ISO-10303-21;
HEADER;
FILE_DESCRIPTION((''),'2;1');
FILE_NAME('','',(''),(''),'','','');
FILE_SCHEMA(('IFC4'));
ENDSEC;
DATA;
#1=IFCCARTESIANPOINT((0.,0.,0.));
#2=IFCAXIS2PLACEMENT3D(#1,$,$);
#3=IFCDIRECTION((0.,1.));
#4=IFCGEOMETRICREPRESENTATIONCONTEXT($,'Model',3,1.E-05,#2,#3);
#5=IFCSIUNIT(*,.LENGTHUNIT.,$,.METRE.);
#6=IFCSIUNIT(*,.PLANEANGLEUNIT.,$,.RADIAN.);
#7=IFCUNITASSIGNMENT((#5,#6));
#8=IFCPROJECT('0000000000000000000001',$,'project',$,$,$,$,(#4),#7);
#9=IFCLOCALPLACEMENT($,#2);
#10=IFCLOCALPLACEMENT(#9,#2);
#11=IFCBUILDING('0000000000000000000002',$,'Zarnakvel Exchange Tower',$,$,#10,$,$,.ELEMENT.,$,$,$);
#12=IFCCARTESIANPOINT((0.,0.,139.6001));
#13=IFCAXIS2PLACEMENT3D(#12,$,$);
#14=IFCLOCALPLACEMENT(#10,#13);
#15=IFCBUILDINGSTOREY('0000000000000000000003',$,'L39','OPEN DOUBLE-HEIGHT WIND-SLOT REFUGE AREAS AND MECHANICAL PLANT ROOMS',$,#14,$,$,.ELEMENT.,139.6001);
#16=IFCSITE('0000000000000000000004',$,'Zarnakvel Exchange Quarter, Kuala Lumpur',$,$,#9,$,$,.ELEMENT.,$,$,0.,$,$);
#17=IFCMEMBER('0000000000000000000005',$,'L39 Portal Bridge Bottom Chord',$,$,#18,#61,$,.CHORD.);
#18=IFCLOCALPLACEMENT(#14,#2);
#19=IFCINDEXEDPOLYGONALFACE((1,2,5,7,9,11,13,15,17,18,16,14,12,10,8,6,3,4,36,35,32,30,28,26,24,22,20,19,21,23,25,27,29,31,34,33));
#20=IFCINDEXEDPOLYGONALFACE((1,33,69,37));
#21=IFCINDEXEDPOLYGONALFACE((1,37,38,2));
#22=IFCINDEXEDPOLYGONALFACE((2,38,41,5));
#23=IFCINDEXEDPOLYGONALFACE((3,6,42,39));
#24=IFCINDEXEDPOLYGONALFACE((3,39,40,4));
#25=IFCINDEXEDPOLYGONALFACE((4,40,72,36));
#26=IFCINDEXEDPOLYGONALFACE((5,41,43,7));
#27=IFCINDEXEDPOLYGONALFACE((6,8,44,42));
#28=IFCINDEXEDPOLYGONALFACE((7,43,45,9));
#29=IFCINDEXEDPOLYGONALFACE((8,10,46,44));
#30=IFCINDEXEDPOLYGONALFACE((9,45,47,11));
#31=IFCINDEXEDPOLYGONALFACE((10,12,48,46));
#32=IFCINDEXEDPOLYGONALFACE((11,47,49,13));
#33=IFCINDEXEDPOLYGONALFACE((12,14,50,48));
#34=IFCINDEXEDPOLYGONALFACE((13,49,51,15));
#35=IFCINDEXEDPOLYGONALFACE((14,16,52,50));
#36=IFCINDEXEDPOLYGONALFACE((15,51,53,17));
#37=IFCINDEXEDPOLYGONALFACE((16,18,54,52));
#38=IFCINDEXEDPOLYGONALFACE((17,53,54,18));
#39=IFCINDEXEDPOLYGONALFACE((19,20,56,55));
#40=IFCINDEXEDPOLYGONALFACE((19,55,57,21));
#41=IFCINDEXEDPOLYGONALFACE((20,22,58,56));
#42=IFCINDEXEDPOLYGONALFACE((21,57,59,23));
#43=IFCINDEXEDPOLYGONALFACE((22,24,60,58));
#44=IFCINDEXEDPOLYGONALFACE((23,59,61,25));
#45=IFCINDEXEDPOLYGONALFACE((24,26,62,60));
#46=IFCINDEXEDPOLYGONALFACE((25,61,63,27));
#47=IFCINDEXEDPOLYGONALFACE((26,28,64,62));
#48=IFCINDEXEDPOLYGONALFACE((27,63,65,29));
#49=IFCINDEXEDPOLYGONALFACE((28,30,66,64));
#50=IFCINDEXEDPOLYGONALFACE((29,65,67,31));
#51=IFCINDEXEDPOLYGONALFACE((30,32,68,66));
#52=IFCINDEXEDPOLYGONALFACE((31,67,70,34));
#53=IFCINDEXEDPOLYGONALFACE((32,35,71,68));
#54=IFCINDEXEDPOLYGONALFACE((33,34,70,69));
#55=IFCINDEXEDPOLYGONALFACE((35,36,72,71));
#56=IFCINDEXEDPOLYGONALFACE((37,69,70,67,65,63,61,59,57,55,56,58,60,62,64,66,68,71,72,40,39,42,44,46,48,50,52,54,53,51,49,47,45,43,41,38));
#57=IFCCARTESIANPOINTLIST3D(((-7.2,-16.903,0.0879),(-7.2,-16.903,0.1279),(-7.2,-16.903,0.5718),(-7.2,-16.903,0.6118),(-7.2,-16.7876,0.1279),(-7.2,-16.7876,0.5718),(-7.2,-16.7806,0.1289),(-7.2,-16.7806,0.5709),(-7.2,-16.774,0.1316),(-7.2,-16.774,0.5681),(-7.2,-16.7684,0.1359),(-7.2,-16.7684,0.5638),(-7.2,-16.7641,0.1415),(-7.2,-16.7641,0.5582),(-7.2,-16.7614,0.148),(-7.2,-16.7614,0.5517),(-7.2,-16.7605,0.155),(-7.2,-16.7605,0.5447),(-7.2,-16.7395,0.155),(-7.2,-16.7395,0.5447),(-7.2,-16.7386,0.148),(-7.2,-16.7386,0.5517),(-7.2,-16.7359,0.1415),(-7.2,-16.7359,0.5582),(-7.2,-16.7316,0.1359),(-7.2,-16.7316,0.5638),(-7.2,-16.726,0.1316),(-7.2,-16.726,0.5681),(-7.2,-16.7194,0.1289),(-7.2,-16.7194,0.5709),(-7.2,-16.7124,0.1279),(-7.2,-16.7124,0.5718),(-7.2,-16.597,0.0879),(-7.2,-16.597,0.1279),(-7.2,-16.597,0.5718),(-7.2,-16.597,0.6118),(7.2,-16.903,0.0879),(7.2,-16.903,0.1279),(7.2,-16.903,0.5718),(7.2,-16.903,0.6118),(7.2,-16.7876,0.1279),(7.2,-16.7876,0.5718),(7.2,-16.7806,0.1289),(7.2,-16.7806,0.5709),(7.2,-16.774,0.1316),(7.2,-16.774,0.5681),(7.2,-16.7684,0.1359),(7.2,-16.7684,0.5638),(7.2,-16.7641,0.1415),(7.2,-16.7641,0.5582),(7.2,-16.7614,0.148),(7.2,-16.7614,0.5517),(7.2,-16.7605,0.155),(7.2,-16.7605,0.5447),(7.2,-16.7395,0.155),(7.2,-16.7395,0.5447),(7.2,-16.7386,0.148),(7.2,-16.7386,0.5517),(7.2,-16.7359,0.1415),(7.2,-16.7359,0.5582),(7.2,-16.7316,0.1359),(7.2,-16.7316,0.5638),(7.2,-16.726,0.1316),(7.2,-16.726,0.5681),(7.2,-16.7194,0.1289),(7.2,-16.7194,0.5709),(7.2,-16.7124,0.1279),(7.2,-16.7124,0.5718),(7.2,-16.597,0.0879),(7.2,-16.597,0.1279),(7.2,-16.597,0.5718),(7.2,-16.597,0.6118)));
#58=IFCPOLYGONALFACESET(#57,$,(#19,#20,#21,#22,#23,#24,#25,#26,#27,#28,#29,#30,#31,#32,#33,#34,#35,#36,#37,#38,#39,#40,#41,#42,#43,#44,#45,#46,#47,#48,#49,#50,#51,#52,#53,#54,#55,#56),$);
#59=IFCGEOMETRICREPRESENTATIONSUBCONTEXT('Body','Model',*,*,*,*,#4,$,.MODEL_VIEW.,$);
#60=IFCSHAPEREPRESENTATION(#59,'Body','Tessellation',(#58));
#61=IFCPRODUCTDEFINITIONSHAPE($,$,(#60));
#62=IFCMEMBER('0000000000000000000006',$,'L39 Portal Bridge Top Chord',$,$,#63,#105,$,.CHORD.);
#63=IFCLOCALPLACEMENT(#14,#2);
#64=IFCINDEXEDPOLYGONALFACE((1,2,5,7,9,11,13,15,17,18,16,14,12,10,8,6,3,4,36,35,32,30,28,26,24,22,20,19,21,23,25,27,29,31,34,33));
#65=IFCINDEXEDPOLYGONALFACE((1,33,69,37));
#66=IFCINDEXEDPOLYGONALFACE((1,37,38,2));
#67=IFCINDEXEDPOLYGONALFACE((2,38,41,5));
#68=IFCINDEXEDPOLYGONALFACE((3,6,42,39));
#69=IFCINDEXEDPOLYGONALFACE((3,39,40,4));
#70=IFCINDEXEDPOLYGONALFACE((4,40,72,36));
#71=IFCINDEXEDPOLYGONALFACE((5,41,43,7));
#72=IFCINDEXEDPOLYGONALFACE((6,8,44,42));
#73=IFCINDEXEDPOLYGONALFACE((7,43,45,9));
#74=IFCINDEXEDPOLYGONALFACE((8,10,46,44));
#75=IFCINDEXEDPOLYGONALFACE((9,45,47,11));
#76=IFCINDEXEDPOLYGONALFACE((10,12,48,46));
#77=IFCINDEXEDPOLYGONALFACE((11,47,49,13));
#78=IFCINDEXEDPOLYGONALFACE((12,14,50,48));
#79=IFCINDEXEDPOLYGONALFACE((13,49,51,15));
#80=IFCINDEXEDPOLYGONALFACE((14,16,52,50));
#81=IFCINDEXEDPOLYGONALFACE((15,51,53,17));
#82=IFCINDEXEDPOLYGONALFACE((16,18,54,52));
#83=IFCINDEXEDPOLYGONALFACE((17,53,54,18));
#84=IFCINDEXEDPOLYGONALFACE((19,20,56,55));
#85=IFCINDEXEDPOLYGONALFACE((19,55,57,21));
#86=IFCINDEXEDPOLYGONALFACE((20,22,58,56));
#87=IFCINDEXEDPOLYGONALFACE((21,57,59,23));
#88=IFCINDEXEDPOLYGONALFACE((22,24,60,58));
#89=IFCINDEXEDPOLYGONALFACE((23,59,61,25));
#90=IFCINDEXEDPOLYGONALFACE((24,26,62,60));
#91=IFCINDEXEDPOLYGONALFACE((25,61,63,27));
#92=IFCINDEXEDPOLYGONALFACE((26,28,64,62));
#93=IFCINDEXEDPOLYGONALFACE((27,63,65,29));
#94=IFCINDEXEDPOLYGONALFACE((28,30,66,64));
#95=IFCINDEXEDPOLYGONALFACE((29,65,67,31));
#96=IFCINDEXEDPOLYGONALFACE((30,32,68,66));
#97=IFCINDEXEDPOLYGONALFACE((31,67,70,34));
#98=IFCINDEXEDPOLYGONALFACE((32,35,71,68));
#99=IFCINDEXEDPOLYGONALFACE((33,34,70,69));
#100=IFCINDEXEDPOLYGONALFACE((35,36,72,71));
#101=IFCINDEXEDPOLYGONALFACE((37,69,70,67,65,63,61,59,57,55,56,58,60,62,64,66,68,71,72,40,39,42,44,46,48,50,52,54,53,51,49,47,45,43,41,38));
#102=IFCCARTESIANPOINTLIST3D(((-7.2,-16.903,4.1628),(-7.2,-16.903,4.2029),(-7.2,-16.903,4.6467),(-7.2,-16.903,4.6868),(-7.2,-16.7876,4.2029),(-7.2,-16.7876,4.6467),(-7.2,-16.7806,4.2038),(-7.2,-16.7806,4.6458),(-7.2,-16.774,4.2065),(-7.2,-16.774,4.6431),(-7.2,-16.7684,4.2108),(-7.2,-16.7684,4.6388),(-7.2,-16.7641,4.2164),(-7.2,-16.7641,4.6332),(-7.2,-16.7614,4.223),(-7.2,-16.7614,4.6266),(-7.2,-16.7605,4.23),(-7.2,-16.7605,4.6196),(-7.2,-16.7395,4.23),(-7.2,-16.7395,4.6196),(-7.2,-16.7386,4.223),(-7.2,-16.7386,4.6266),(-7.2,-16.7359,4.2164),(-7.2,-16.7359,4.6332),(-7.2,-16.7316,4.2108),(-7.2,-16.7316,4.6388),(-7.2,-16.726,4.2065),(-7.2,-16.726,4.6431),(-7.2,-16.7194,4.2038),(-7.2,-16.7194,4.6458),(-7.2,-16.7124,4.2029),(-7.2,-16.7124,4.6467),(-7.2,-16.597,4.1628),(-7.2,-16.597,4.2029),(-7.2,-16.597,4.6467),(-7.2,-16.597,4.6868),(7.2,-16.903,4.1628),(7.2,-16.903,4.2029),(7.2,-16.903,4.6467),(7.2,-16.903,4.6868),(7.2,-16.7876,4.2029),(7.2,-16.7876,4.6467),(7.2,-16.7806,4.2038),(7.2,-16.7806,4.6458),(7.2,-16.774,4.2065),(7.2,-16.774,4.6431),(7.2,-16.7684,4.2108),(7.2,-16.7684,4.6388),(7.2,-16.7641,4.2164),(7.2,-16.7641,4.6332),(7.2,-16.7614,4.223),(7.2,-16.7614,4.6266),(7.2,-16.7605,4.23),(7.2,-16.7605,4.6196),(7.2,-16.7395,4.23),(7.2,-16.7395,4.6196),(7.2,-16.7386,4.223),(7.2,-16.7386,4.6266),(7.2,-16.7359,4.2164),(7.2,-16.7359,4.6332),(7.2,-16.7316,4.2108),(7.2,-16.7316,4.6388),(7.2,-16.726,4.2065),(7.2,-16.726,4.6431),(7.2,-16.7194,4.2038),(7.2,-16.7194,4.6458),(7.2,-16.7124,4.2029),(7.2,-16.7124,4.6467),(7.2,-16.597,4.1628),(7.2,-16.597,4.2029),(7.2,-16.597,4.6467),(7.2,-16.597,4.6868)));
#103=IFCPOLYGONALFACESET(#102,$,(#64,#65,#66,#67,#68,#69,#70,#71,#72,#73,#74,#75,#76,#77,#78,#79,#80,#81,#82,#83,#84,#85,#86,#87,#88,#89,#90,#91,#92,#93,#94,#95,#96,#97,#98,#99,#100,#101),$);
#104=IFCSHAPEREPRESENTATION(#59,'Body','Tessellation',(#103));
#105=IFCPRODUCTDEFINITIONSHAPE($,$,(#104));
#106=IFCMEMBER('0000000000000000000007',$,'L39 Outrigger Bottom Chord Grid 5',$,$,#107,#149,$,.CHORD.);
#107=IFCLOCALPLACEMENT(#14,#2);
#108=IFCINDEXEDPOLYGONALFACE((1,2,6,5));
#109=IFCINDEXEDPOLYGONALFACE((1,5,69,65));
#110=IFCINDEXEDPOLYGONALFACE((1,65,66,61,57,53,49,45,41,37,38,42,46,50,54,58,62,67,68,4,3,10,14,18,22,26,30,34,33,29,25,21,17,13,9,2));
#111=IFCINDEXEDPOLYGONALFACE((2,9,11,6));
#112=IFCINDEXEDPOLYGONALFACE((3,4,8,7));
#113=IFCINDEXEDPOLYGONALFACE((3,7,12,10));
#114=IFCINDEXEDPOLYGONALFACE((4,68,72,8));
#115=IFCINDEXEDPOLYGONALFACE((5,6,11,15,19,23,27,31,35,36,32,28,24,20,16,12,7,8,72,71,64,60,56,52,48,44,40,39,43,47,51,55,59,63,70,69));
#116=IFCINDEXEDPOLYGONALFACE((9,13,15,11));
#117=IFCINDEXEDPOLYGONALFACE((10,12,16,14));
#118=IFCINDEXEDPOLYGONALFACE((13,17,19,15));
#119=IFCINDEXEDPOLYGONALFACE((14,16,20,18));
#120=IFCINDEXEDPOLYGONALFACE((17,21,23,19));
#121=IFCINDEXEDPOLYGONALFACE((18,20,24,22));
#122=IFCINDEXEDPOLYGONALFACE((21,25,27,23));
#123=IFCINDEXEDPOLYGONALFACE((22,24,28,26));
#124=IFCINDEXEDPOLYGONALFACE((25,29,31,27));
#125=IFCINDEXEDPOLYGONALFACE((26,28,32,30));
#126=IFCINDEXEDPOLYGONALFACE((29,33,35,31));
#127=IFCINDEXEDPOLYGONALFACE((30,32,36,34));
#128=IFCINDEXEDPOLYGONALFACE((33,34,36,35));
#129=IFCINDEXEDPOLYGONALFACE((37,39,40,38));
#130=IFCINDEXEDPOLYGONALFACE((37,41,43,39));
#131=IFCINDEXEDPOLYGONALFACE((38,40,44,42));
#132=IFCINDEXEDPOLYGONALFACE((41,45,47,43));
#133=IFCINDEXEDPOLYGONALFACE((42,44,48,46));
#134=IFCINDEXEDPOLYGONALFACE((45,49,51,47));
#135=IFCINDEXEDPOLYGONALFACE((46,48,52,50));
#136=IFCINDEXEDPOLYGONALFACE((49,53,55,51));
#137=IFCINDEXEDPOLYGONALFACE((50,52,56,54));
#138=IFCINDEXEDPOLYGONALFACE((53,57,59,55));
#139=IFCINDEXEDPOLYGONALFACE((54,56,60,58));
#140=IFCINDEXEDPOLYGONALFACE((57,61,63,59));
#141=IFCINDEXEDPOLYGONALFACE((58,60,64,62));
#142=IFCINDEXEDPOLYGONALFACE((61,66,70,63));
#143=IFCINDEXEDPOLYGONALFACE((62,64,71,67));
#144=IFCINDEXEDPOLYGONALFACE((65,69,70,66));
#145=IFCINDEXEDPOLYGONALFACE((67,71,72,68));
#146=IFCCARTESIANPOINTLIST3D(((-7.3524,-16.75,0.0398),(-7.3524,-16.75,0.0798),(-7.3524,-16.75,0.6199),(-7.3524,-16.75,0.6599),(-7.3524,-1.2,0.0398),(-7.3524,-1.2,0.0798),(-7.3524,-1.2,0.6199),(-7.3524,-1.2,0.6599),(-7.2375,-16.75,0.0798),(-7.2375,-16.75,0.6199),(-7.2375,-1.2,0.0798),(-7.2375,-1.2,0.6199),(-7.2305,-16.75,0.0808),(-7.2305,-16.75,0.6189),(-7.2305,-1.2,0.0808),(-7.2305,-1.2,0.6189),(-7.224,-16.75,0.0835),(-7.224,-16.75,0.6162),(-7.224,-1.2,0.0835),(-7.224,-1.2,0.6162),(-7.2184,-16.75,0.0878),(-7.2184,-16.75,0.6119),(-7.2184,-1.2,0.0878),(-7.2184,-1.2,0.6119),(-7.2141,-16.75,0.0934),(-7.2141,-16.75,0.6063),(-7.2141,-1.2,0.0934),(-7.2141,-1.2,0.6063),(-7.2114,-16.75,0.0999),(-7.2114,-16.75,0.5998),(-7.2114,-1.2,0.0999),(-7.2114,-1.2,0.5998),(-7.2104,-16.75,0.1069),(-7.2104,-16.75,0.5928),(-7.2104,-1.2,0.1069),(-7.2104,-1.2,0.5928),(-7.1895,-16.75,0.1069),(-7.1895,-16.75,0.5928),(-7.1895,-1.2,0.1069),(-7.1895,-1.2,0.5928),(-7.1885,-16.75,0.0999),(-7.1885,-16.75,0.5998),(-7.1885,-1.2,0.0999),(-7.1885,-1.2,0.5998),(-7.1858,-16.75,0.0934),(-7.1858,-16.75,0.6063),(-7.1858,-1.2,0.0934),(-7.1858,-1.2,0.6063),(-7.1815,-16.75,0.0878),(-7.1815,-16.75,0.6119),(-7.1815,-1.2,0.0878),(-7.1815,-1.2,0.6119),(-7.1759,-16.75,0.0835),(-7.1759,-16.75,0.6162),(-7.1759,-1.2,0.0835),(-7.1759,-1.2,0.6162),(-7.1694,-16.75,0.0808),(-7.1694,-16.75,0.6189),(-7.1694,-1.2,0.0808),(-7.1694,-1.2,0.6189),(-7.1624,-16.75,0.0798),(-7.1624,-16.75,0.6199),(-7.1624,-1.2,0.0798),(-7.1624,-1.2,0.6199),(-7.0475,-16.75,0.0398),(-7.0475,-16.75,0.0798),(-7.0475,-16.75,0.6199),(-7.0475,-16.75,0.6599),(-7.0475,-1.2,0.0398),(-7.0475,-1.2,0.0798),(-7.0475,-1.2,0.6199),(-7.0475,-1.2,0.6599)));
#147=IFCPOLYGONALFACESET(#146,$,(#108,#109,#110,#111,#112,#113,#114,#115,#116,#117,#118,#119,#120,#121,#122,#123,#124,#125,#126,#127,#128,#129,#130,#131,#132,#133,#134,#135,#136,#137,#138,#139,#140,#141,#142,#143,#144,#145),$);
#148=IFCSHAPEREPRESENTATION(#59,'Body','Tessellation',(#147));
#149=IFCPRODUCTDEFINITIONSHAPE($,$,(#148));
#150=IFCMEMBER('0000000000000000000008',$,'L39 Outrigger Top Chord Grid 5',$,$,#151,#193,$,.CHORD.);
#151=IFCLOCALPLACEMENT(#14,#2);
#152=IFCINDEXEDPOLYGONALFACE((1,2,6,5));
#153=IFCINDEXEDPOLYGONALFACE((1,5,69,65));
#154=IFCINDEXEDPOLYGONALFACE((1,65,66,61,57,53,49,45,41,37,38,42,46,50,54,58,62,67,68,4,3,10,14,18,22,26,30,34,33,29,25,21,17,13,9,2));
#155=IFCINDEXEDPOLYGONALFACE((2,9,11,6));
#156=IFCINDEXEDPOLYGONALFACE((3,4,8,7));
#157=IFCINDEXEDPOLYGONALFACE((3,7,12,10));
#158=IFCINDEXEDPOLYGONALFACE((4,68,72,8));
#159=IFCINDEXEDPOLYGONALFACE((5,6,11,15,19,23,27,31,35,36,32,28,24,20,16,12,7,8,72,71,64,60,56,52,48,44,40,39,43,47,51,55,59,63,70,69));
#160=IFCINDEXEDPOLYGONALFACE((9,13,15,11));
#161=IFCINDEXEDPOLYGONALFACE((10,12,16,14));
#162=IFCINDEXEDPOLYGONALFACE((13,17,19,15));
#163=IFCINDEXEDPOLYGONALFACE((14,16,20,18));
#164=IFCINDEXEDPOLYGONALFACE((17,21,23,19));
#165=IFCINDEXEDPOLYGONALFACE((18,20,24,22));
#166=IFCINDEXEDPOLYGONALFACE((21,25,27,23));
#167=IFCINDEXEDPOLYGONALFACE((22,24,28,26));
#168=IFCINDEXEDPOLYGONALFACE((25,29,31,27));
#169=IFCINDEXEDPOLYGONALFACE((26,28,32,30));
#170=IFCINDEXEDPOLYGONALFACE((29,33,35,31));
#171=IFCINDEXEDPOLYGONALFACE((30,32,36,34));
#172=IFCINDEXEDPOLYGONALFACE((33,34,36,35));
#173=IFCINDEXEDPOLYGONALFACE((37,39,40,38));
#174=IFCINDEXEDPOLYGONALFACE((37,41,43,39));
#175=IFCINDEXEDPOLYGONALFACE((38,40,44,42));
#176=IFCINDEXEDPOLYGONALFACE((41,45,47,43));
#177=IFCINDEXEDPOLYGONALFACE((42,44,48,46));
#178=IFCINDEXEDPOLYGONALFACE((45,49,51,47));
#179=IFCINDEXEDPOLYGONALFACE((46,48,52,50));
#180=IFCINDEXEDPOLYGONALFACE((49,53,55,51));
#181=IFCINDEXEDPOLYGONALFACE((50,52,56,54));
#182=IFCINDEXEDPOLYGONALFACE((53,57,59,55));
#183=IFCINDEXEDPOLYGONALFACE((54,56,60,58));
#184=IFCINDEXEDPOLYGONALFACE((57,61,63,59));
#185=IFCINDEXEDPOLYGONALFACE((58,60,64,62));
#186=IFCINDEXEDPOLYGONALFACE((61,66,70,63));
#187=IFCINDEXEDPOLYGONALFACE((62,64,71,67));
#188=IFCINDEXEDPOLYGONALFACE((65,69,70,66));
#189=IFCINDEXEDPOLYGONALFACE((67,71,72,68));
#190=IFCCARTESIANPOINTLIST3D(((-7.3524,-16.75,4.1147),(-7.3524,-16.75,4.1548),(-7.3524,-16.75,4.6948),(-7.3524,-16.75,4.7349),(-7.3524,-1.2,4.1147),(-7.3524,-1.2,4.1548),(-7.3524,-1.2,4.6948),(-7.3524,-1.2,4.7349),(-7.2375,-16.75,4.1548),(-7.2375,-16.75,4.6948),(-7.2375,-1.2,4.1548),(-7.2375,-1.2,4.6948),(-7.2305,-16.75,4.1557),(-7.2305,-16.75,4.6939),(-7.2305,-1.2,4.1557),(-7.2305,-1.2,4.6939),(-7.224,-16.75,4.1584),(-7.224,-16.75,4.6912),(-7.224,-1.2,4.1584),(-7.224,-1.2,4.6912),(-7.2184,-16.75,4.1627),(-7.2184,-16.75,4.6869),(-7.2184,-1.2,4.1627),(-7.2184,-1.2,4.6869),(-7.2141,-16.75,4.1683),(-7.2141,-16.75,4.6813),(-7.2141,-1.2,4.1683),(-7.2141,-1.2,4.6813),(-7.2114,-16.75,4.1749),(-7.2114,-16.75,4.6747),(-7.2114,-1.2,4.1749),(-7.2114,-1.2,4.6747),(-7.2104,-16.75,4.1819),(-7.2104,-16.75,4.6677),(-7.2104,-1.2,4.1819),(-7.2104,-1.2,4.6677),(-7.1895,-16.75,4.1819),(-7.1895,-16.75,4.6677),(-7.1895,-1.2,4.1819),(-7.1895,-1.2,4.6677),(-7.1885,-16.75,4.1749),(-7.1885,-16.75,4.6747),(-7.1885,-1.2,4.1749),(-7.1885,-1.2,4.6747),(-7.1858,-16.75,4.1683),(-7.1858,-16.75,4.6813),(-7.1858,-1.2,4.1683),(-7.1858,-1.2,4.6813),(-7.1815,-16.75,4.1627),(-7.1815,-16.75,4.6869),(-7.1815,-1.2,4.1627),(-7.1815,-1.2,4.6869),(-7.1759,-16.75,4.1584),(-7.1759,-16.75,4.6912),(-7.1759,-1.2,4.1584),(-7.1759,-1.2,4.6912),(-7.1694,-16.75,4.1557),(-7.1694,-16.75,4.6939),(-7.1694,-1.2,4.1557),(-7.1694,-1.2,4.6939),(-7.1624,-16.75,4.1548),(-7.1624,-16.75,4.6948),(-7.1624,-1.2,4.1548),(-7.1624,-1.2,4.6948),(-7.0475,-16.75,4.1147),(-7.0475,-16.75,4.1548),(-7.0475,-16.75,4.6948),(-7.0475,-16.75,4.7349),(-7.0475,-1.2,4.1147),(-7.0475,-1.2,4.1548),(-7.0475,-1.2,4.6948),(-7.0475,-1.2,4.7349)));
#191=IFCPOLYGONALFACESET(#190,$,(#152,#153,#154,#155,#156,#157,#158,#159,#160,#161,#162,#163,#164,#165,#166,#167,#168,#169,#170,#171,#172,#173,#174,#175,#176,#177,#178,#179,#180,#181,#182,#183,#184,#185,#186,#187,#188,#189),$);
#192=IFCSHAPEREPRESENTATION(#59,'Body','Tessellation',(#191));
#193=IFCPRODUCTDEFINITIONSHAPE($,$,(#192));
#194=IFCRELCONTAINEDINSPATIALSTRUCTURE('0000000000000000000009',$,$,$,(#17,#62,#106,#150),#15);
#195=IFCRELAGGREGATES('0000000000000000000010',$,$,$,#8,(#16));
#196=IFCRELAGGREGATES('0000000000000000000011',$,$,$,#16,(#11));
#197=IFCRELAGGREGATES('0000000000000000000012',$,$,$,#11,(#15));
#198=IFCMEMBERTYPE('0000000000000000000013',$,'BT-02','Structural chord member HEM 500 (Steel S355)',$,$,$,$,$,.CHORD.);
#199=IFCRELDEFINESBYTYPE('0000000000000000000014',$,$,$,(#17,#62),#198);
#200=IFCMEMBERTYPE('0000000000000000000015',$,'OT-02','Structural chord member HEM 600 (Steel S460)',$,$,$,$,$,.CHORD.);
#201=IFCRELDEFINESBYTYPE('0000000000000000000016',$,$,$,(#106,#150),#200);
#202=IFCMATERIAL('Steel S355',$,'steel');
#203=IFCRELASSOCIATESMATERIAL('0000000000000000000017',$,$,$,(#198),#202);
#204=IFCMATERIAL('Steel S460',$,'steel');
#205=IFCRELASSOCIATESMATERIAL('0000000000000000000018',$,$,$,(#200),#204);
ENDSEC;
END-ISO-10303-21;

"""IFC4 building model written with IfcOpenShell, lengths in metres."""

from ifc_helpers import new_model, si_unit, direction, frame, origin, origin_2d, place, context, subcontext, project, spatial, i_section, extrude, source, transform, mapped, material, material_profile, profile_set, type_object, element, save


model = new_model("IFC4")

# Units and contexts
model_context = context("Model", 3, precision=1e-05, world=origin(), true_north=direction((0.0, 1.0)))
body_context = subcontext(model_context, "Body", "Model", "MODEL_VIEW")
ifc_project = project(units=[si_unit("LENGTHUNIT", "METRE"), si_unit("PLANEANGLEUNIT", "RADIAN")], contexts=[model_context])

# Site, building, storey
site_placement = place(None, origin())
site = spatial("IfcSite", under=ifc_project, at=site_placement, Name="Zarnakvel Exchange Quarter, Kuala Lumpur", CompositionType="ELEMENT", RefElevation=0.0)
building_placement = place(site_placement, origin())
building = spatial("IfcBuilding", under=site, at=building_placement, Name="Zarnakvel Exchange Tower", CompositionType="ELEMENT")
storey_placement = place(building_placement, frame((0.0, 0.0, 139.6001)))
storey = spatial("IfcBuildingStorey", under=building, at=storey_placement, Name="L39", Description="OPEN DOUBLE-HEIGHT WIND-SLOT REFUGE AREAS AND MECHANICAL PLANT ROOMS", CompositionType="ELEMENT", Elevation=139.6001)

# Shared definitions
ifc_material_1 = material(Name="Steel S355", Category="steel")
ifc_material_2 = material(Name="Steel S460", Category="steel")

# Members
ifc_material_profile_1 = material_profile(ifc_material_1, i_section(OverallWidth=0.3059, OverallDepth=0.5239, WebThickness=0.021, FlangeThickness=0.04, FilletRadius=0.0271, at=origin_2d()))
ifc_profile_set_1 = profile_set([ifc_material_profile_1], Name="Steel S355")
member_type_1 = type_object("IfcMemberType", Name="BT-02", Description="Structural chord member HEM 500 (Steel S355)", PredefinedType="CHORD", material=ifc_profile_set_1)
shared_shape_1 = source(origin(), body_context, "Body", "SweptSolid", [
    extrude(i_section(OverallWidth=0.3059, OverallDepth=0.5239, WebThickness=0.021, FlangeThickness=0.04, FilletRadius=0.0271, at=origin_2d()), origin(), (0.0, 0.0, 1.0), 14.3999),
])
for number, where, z_axis, x_axis, name in (
    (1, (-7.2, -16.75, 0.3499), (1.0, 0.0, 0.0), (0.0, 1.0, 0.0), "L39 Portal Bridge Bottom Chord"),
    (2, (-7.2, -16.75, 4.4248), (1.0, 0.0, 0.0), (0.0, 1.0, 0.0), "L39 Portal Bridge Top Chord"),
):
    element("IfcMember", number, at=place(storey_placement, frame(where, z_axis=z_axis, x_axis=x_axis)), inside=storey, type_object=member_type_1, Name=name, PredefinedType="CHORD", context=body_context, shape_type="MappedRepresentation", body=[
        mapped(shared_shape_1, transform((0.0, 0.0, 0.0), x_axis=(1.0, 0.0, 0.0), y_axis=(0.0, 1.0, 0.0), z_axis=(0.0, 0.0, 1.0), scale=1.0)),
    ])
ifc_material_profile_2 = material_profile(ifc_material_2, i_section(OverallWidth=0.3049, OverallDepth=0.6201, WebThickness=0.021, FlangeThickness=0.04, FilletRadius=0.0271, at=origin_2d()))
ifc_profile_set_2 = profile_set([ifc_material_profile_2], Name="Steel S460")
member_type_2 = type_object("IfcMemberType", Name="OT-02", Description="Structural chord member HEM 600 (Steel S460)", PredefinedType="CHORD", material=ifc_profile_set_2)
shared_shape_2 = source(origin(), body_context, "Body", "SweptSolid", [
    extrude(i_section(OverallWidth=0.3049, OverallDepth=0.6201, WebThickness=0.021, FlangeThickness=0.04, FilletRadius=0.0271, at=origin_2d()), origin(), (0.0, 0.0, 1.0), 15.55),
])
for number, where, z_axis, x_axis, name in (
    (3, (-7.2, -16.75, 0.3499), (0.0, 1.0, 0.0), (-1.0, 0.0, 0.0), "L39 Outrigger Bottom Chord Grid 5"),
    (4, (-7.2, -16.75, 4.4248), (0.0, 1.0, 0.0), (-1.0, 0.0, 0.0), "L39 Outrigger Top Chord Grid 5"),
):
    element("IfcMember", number, at=place(storey_placement, frame(where, z_axis=z_axis, x_axis=x_axis)), inside=storey, type_object=member_type_2, Name=name, PredefinedType="CHORD", context=body_context, shape_type="MappedRepresentation", body=[
        mapped(shared_shape_2, transform((0.0, 0.0, 0.0), x_axis=(1.0, 0.0, 0.0), y_axis=(0.0, 1.0, 0.0), z_axis=(0.0, 0.0, 1.0), scale=1.0)),
    ])

save(model, "model.ifc")
